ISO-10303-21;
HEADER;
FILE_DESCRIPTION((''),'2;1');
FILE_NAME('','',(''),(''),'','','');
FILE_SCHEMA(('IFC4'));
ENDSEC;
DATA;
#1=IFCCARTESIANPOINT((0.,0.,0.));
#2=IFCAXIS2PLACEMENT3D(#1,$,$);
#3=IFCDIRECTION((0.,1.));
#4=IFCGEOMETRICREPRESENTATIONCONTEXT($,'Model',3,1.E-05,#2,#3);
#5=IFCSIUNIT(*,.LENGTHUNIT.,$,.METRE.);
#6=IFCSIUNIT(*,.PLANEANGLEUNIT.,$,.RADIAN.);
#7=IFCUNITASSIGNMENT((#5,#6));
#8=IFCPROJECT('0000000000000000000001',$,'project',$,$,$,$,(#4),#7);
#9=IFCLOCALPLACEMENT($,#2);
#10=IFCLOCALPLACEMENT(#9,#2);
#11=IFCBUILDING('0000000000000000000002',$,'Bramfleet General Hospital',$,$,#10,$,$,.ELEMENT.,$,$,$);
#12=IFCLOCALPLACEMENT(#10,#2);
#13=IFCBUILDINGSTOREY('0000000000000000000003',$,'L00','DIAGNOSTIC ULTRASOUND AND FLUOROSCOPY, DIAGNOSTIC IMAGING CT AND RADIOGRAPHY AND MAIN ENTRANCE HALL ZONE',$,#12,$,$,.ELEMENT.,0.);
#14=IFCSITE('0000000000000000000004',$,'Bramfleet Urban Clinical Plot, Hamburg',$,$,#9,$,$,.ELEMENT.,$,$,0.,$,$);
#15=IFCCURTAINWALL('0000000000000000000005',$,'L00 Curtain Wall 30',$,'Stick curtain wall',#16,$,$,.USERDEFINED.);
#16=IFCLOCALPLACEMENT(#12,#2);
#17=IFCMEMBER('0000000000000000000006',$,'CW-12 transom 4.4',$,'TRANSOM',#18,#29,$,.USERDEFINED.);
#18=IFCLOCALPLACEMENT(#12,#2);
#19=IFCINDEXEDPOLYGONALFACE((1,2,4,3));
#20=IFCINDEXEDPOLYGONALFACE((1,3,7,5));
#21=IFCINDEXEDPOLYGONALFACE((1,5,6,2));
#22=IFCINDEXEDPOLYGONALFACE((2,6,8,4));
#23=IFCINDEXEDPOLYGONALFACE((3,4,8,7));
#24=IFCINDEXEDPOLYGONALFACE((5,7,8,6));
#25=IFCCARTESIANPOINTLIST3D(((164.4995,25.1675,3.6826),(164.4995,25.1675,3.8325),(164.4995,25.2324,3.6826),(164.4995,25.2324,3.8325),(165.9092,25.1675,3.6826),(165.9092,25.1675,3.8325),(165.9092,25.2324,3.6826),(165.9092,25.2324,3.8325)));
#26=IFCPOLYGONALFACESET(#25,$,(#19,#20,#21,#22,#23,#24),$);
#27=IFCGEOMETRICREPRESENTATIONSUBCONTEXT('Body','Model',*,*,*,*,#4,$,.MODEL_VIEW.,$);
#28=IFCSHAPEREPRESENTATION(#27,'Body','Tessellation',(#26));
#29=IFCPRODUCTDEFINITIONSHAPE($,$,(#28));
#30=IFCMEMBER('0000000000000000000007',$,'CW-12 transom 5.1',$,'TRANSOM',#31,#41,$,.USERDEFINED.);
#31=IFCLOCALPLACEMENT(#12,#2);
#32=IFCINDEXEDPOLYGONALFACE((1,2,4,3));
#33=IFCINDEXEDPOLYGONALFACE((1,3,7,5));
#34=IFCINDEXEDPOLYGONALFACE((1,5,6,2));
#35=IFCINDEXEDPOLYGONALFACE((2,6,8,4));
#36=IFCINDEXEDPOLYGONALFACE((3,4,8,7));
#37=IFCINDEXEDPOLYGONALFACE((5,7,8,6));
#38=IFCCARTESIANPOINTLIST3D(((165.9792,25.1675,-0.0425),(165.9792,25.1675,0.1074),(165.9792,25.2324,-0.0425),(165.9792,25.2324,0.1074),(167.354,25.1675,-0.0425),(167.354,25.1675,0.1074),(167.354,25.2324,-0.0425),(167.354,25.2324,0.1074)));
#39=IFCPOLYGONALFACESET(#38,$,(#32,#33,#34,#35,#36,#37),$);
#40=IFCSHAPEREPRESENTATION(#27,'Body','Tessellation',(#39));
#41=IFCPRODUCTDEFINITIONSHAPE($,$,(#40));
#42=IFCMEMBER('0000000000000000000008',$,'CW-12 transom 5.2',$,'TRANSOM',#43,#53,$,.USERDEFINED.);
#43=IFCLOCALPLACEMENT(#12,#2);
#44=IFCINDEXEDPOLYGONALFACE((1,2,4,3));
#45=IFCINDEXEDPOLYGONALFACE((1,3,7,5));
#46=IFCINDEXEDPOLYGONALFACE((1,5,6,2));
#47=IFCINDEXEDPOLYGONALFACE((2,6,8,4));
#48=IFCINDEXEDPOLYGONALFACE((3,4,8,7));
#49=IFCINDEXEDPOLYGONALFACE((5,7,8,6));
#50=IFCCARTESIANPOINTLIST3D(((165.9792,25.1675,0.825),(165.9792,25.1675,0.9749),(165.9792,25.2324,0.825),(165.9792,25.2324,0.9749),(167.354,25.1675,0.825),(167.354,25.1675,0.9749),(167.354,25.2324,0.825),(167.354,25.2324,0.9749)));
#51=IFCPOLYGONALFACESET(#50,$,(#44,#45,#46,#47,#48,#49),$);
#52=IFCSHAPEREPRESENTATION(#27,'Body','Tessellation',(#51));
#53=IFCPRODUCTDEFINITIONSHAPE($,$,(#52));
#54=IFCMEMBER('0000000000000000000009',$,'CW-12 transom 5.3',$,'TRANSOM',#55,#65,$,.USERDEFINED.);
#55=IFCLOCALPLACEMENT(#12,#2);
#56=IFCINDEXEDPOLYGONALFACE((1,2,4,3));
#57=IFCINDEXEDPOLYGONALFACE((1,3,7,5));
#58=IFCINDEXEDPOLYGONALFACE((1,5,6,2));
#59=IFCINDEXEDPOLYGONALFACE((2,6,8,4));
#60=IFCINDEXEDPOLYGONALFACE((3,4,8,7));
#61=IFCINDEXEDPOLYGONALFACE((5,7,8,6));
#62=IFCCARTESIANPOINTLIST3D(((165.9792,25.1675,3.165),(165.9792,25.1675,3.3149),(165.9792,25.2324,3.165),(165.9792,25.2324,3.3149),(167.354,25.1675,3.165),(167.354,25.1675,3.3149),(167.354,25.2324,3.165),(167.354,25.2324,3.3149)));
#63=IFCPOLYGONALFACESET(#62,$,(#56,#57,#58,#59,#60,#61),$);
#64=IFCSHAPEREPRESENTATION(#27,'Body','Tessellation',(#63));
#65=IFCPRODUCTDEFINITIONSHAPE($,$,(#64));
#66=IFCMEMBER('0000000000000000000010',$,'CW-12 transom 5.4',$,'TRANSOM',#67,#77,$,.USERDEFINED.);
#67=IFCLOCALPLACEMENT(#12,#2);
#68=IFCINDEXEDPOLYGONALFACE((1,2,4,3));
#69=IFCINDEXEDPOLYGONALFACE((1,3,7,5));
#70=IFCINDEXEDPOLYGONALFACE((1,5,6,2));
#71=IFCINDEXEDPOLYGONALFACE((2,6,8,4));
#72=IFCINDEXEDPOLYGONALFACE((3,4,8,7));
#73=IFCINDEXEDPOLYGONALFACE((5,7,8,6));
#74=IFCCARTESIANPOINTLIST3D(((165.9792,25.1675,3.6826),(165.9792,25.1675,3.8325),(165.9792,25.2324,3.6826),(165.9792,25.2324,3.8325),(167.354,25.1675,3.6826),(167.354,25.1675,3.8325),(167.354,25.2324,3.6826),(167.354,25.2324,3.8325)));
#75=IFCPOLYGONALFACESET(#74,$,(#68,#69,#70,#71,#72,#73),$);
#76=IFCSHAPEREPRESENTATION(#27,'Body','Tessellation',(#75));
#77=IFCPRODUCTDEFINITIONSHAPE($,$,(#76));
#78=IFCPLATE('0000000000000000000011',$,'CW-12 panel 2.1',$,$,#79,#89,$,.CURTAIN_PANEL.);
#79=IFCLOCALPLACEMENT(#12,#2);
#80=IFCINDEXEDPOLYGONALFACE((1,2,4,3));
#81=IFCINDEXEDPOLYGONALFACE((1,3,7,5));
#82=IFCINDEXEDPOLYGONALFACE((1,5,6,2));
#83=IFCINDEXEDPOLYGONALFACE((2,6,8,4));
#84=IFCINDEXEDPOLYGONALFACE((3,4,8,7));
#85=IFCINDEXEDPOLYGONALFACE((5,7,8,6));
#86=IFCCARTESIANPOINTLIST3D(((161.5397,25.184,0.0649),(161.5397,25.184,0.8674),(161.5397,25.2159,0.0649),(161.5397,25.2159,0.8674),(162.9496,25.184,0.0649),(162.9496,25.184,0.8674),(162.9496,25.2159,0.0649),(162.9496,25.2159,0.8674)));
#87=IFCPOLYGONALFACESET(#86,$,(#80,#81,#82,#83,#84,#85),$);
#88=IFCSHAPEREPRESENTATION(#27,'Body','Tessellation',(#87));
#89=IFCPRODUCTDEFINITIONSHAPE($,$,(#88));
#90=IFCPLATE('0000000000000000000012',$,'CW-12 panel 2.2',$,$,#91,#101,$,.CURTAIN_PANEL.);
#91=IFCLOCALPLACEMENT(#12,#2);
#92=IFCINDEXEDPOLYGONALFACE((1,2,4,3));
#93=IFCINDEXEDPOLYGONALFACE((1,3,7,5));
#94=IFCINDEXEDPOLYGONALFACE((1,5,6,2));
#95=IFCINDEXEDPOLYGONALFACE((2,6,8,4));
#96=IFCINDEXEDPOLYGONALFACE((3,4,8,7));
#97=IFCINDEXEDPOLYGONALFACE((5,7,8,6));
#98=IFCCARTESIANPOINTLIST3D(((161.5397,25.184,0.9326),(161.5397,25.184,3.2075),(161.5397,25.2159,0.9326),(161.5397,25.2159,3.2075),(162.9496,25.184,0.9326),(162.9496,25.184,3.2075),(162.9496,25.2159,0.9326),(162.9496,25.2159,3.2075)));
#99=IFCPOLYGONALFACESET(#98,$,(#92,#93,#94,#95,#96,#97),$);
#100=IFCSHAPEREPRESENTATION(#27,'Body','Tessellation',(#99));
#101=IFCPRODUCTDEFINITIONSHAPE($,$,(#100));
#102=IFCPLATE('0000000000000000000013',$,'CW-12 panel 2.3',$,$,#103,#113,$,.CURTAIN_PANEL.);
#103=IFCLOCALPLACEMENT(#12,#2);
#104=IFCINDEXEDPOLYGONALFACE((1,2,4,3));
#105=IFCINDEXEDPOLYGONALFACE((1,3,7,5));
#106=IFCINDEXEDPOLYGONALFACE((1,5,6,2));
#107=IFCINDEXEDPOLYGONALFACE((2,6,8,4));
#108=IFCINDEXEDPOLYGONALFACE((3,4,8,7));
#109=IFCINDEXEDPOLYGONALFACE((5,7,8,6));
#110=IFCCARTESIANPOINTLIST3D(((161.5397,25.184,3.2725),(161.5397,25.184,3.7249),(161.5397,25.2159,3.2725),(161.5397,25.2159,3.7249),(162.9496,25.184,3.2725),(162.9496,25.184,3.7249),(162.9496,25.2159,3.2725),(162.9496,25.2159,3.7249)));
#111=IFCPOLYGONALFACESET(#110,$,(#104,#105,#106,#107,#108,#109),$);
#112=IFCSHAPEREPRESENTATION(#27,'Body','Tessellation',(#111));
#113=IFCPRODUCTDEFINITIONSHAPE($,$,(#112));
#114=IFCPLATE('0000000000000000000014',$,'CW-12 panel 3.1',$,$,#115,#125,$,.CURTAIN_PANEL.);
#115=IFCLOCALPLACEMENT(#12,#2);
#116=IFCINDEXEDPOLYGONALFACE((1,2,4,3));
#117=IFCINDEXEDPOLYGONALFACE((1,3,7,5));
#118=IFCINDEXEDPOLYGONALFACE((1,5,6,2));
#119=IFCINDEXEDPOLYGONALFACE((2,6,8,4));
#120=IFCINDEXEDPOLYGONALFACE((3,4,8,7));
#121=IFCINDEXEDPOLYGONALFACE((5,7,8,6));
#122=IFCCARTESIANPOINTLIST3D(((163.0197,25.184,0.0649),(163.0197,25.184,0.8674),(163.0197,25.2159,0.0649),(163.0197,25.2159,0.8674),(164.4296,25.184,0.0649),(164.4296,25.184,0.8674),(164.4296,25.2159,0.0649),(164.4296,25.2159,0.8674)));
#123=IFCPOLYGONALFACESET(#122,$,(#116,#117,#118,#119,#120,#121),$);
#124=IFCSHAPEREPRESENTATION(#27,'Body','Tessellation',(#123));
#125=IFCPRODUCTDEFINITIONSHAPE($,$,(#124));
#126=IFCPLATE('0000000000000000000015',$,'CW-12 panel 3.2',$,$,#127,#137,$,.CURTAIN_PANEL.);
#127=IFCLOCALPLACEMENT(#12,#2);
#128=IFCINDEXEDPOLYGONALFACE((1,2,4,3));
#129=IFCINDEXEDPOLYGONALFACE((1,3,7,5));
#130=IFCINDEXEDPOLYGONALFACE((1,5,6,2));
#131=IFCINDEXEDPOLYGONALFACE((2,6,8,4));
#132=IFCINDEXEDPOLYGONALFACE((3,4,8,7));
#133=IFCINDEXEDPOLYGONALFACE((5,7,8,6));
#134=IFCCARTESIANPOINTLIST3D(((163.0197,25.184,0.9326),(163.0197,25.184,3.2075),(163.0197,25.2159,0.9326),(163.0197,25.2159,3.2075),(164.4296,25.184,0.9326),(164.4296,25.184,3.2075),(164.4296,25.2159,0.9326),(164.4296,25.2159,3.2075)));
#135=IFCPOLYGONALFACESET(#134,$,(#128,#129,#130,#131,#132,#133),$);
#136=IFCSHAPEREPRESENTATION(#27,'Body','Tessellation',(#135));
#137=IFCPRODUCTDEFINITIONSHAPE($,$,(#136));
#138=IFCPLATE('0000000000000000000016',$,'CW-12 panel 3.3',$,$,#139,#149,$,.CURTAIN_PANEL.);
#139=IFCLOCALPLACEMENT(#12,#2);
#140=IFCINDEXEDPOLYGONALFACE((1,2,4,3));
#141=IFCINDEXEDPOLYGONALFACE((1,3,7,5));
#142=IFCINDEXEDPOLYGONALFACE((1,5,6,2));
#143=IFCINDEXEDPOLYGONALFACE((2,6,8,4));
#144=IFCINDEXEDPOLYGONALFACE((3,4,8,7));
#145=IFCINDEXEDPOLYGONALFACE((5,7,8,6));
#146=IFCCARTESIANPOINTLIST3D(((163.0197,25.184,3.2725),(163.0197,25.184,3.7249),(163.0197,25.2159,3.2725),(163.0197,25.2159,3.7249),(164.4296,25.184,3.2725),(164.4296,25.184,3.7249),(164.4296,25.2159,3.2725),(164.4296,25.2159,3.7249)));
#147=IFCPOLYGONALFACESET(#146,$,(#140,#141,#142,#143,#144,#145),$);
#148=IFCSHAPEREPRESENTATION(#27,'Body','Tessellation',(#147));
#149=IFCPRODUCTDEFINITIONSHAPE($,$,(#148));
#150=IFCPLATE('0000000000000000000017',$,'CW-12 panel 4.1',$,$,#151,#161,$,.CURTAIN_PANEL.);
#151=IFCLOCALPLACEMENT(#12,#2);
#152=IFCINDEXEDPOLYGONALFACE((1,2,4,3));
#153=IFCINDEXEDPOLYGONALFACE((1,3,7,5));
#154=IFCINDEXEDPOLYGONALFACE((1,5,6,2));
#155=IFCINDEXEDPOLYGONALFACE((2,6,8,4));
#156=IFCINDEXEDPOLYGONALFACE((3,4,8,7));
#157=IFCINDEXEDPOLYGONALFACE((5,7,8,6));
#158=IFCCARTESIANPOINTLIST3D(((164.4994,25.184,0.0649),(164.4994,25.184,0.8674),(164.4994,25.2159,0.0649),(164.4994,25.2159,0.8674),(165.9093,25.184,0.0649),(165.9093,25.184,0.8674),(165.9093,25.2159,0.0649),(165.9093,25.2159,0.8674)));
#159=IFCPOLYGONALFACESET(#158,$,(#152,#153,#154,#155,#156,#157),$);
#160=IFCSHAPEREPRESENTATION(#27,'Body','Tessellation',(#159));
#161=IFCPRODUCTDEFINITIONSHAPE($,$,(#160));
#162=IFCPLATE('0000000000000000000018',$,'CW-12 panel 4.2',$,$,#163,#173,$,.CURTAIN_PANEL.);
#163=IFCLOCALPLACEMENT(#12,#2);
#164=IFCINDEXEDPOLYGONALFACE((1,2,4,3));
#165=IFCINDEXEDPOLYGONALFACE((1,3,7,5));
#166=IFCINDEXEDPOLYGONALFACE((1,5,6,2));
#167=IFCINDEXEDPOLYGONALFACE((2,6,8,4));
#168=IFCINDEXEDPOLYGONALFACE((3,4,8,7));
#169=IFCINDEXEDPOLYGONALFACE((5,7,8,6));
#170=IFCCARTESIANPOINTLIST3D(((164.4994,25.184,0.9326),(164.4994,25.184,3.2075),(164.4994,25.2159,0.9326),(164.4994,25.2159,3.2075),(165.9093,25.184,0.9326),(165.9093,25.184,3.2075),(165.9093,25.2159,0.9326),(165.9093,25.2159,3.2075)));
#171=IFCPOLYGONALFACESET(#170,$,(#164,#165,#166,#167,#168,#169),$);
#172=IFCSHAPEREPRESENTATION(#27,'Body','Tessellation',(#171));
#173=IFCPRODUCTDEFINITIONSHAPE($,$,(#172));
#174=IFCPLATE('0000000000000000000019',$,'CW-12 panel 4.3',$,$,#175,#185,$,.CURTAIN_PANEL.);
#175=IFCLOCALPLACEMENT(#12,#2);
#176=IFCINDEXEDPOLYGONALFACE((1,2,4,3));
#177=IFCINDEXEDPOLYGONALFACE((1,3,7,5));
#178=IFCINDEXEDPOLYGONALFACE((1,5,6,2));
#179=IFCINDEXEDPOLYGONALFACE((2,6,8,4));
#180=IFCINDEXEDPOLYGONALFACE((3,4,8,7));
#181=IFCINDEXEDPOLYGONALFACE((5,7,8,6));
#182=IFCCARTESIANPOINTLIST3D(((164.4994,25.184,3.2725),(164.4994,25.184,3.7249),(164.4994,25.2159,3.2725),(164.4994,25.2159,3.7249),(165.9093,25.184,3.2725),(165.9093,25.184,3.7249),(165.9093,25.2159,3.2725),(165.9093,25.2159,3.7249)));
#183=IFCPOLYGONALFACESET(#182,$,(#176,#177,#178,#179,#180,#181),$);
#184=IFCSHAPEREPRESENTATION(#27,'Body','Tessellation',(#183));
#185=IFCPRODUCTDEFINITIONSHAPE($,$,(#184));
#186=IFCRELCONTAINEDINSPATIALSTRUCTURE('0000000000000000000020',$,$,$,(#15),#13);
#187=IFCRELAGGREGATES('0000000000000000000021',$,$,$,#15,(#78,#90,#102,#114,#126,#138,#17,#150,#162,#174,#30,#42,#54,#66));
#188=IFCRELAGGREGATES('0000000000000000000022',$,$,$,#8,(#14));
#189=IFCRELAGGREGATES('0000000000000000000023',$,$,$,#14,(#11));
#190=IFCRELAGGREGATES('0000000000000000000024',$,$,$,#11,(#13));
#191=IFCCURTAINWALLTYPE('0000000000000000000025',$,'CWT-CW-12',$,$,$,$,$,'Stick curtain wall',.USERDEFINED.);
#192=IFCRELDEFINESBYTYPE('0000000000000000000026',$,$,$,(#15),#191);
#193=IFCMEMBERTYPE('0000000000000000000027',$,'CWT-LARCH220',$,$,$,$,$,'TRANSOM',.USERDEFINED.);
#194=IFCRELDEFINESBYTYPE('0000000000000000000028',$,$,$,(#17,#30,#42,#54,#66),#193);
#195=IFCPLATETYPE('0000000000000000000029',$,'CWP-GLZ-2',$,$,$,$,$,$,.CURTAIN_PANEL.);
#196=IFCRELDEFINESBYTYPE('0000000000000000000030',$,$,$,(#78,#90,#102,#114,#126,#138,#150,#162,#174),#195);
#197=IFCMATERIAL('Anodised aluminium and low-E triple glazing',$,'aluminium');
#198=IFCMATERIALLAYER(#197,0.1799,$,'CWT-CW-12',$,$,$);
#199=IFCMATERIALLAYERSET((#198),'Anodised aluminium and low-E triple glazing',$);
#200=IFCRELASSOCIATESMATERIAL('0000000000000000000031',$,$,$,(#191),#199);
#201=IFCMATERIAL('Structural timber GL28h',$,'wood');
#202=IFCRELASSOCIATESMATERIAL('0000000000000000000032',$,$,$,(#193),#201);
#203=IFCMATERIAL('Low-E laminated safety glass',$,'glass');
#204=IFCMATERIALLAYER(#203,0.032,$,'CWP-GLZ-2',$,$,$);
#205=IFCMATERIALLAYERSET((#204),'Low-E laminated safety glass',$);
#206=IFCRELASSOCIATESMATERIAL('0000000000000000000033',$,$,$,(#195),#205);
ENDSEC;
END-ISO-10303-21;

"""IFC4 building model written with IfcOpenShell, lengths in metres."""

from ifc_helpers import new_model, si_unit, direction, frame, origin, origin_2d, place, context, subcontext, project, spatial, rectangle, extrude, material, layer, layer_set, material_profile, profile_set, type_object, element, aggregate, save


model = new_model("IFC4")

# Units and contexts
model_context = context("Model", 3, precision=1e-05, world=origin(), true_north=direction((0.0, 1.0)))
body_context = subcontext(model_context, "Body", "Model", "MODEL_VIEW")
ifc_project = project(units=[si_unit("LENGTHUNIT", "METRE"), si_unit("PLANEANGLEUNIT", "RADIAN")], contexts=[model_context])

# Site, building, storey
site_placement = place(None, origin())
site = spatial("IfcSite", under=ifc_project, at=site_placement, Name="Bramfleet Urban Clinical Plot, Hamburg", CompositionType="ELEMENT", RefElevation=0.0)
building_placement = place(site_placement, origin())
building = spatial("IfcBuilding", under=site, at=building_placement, Name="Bramfleet General Hospital", CompositionType="ELEMENT")
storey_placement = place(building_placement, origin())
storey = spatial("IfcBuildingStorey", under=building, at=storey_placement, Name="L00", Description="DIAGNOSTIC ULTRASOUND AND FLUOROSCOPY, DIAGNOSTIC IMAGING CT AND RADIOGRAPHY AND MAIN ENTRANCE HALL ZONE", CompositionType="ELEMENT", Elevation=0.0)

# Curtain wall, members, plates
ifc_material_1 = material(Name="Anodised aluminium and low-E triple glazing", Category="aluminium")
ifc_layer_1 = layer(ifc_material_1, 0.1799, Name="CWT-CW-12")
ifc_layer_set_1 = layer_set([ifc_layer_1], Name="Anodised aluminium and low-E triple glazing")
curtain_wall_type = type_object("IfcCurtainWallType", Name="CWT-CW-12", ElementType="Stick curtain wall", PredefinedType="USERDEFINED", material=ifc_layer_set_1)
curtain_wall_placement = place(storey_placement, origin())
curtain_wall = element("IfcCurtainWall", 1, at=curtain_wall_placement, inside=storey, type_object=curtain_wall_type, Name="L00 Curtain Wall 30", ObjectType="Stick curtain wall", PredefinedType="USERDEFINED")
ifc_material_2 = material(Name="Structural timber GL28h", Category="wood")
ifc_material_profile_1 = material_profile(ifc_material_2, rectangle(XDim=0.0649, YDim=0.1499, at=origin_2d()), Name="LARCH 150x65")
ifc_profile_set_1 = profile_set([ifc_material_profile_1], Name="Structural timber GL28h")
member_type_1 = type_object("IfcMemberType", Name="CWT-LARCH220", ElementType="TRANSOM", PredefinedType="USERDEFINED", material=ifc_profile_set_1)
member_1_placement = place(storey_placement, frame((164.4995, 25.2, 3.7576), z_axis=(1.0, 0.0, 0.0), x_axis=(0.0, 1.0, 0.0)))
member_1 = element("IfcMember", 2, at=member_1_placement, type_object=member_type_1, Name="CW-12 transom 4.4", ObjectType="TRANSOM", PredefinedType="USERDEFINED", context=body_context, shape_type="SweptSolid", body=[
    extrude(rectangle(XDim=0.0649, YDim=0.1499, at=origin_2d()), origin(), (0.0, 0.0, 1.0), 1.4097),
])
member_2_placement = place(storey_placement, frame((165.9792, 25.2, 0.0325), z_axis=(1.0, 0.0, 0.0), x_axis=(0.0, 1.0, 0.0)))
member_2 = element("IfcMember", 3, at=member_2_placement, type_object=member_type_1, Name="CW-12 transom 5.1", ObjectType="TRANSOM", PredefinedType="USERDEFINED", context=body_context, shape_type="SweptSolid", body=[
    extrude(rectangle(XDim=0.0649, YDim=0.1499, at=origin_2d()), origin(), (0.0, 0.0, 1.0), 1.3748),
])
member_3_placement = place(storey_placement, frame((165.9792, 25.2, 0.8999), z_axis=(1.0, 0.0, 0.0), x_axis=(0.0, 1.0, 0.0)))
member_3 = element("IfcMember", 4, at=member_3_placement, type_object=member_type_1, Name="CW-12 transom 5.2", ObjectType="TRANSOM", PredefinedType="USERDEFINED", context=body_context, shape_type="SweptSolid", body=[
    extrude(rectangle(XDim=0.0649, YDim=0.1499, at=origin_2d()), origin(), (0.0, 0.0, 1.0), 1.3748),
])
member_4_placement = place(storey_placement, frame((165.9792, 25.2, 3.24), z_axis=(1.0, 0.0, 0.0), x_axis=(0.0, 1.0, 0.0)))
member_4 = element("IfcMember", 5, at=member_4_placement, type_object=member_type_1, Name="CW-12 transom 5.3", ObjectType="TRANSOM", PredefinedType="USERDEFINED", context=body_context, shape_type="SweptSolid", body=[
    extrude(rectangle(XDim=0.0649, YDim=0.1499, at=origin_2d()), origin(), (0.0, 0.0, 1.0), 1.3748),
])
member_5_placement = place(storey_placement, frame((165.9792, 25.2, 3.7576), z_axis=(1.0, 0.0, 0.0), x_axis=(0.0, 1.0, 0.0)))
member_5 = element("IfcMember", 6, at=member_5_placement, type_object=member_type_1, Name="CW-12 transom 5.4", ObjectType="TRANSOM", PredefinedType="USERDEFINED", context=body_context, shape_type="SweptSolid", body=[
    extrude(rectangle(XDim=0.0649, YDim=0.1499, at=origin_2d()), origin(), (0.0, 0.0, 1.0), 1.3748),
])
ifc_material_3 = material(Name="Low-E laminated safety glass", Category="glass")
ifc_layer_2 = layer(ifc_material_3, 0.032, Name="CWP-GLZ-2")
ifc_layer_set_2 = layer_set([ifc_layer_2], Name="Low-E laminated safety glass")
plate_type = type_object("IfcPlateType", Name="CWP-GLZ-2", PredefinedType="CURTAIN_PANEL", material=ifc_layer_set_2)
plate_1_placement = place(storey_placement, frame((162.2446, 25.2, 0.0649), z_axis=(0.0, 0.0, 1.0), x_axis=(1.0, 0.0, 0.0)))
plate_1 = element("IfcPlate", 7, at=plate_1_placement, type_object=plate_type, Name="CW-12 panel 2.1", PredefinedType="CURTAIN_PANEL", context=body_context, shape_type="SweptSolid", body=[
    extrude(rectangle(XDim=1.4099, YDim=0.032, at=origin_2d()), origin(), (0.0, 0.0, 1.0), 0.8025),
])
plate_2_placement = place(storey_placement, frame((162.2446, 25.2, 0.9326), z_axis=(0.0, 0.0, 1.0), x_axis=(1.0, 0.0, 0.0)))
plate_2 = element("IfcPlate", 8, at=plate_2_placement, type_object=plate_type, Name="CW-12 panel 2.2", PredefinedType="CURTAIN_PANEL", context=body_context, shape_type="SweptSolid", body=[
    extrude(rectangle(XDim=1.4099, YDim=0.032, at=origin_2d()), origin(), (0.0, 0.0, 1.0), 2.2749),
])
plate_3_placement = place(storey_placement, frame((162.2446, 25.2, 3.2725), z_axis=(0.0, 0.0, 1.0), x_axis=(1.0, 0.0, 0.0)))
plate_3 = element("IfcPlate", 9, at=plate_3_placement, type_object=plate_type, Name="CW-12 panel 2.3", PredefinedType="CURTAIN_PANEL", context=body_context, shape_type="SweptSolid", body=[
    extrude(rectangle(XDim=1.4099, YDim=0.032, at=origin_2d()), origin(), (0.0, 0.0, 1.0), 0.4524),
])
plate_4_placement = place(storey_placement, frame((163.7246, 25.2, 0.0649), z_axis=(0.0, 0.0, 1.0), x_axis=(1.0, 0.0, 0.0)))
plate_4 = element("IfcPlate", 10, at=plate_4_placement, type_object=plate_type, Name="CW-12 panel 3.1", PredefinedType="CURTAIN_PANEL", context=body_context, shape_type="SweptSolid", body=[
    extrude(rectangle(XDim=1.4099, YDim=0.032, at=origin_2d()), origin(), (0.0, 0.0, 1.0), 0.8025),
])
plate_5_placement = place(storey_placement, frame((163.7246, 25.2, 0.9326), z_axis=(0.0, 0.0, 1.0), x_axis=(1.0, 0.0, 0.0)))
plate_5 = element("IfcPlate", 11, at=plate_5_placement, type_object=plate_type, Name="CW-12 panel 3.2", PredefinedType="CURTAIN_PANEL", context=body_context, shape_type="SweptSolid", body=[
    extrude(rectangle(XDim=1.4099, YDim=0.032, at=origin_2d()), origin(), (0.0, 0.0, 1.0), 2.2749),
])
plate_6_placement = place(storey_placement, frame((163.7246, 25.2, 3.2725), z_axis=(0.0, 0.0, 1.0), x_axis=(1.0, 0.0, 0.0)))
plate_6 = element("IfcPlate", 12, at=plate_6_placement, type_object=plate_type, Name="CW-12 panel 3.3", PredefinedType="CURTAIN_PANEL", context=body_context, shape_type="SweptSolid", body=[
    extrude(rectangle(XDim=1.4099, YDim=0.032, at=origin_2d()), origin(), (0.0, 0.0, 1.0), 0.4524),
])
plate_7_placement = place(storey_placement, frame((165.2043, 25.2, 0.0649), z_axis=(0.0, 0.0, 1.0), x_axis=(1.0, 0.0, 0.0)))
plate_7 = element("IfcPlate", 13, at=plate_7_placement, type_object=plate_type, Name="CW-12 panel 4.1", PredefinedType="CURTAIN_PANEL", context=body_context, shape_type="SweptSolid", body=[
    extrude(rectangle(XDim=1.4099, YDim=0.032, at=origin_2d()), origin(), (0.0, 0.0, 1.0), 0.8025),
])
plate_8_placement = place(storey_placement, frame((165.2043, 25.2, 0.9326), z_axis=(0.0, 0.0, 1.0), x_axis=(1.0, 0.0, 0.0)))
plate_8 = element("IfcPlate", 14, at=plate_8_placement, type_object=plate_type, Name="CW-12 panel 4.2", PredefinedType="CURTAIN_PANEL", context=body_context, shape_type="SweptSolid", body=[
    extrude(rectangle(XDim=1.4099, YDim=0.032, at=origin_2d()), origin(), (0.0, 0.0, 1.0), 2.2749),
])
plate_9_placement = place(storey_placement, frame((165.2043, 25.2, 3.2725), z_axis=(0.0, 0.0, 1.0), x_axis=(1.0, 0.0, 0.0)))
plate_9 = element("IfcPlate", 15, at=plate_9_placement, type_object=plate_type, Name="CW-12 panel 4.3", PredefinedType="CURTAIN_PANEL", context=body_context, shape_type="SweptSolid", body=[
    extrude(rectangle(XDim=1.4099, YDim=0.032, at=origin_2d()), origin(), (0.0, 0.0, 1.0), 0.4524),
])
aggregate(curtain_wall, [plate_1, plate_2, plate_3, plate_4, plate_5, plate_6, member_1, plate_7, plate_8, plate_9, member_2, member_3, member_4, member_5])

save(model, "model.ifc")
